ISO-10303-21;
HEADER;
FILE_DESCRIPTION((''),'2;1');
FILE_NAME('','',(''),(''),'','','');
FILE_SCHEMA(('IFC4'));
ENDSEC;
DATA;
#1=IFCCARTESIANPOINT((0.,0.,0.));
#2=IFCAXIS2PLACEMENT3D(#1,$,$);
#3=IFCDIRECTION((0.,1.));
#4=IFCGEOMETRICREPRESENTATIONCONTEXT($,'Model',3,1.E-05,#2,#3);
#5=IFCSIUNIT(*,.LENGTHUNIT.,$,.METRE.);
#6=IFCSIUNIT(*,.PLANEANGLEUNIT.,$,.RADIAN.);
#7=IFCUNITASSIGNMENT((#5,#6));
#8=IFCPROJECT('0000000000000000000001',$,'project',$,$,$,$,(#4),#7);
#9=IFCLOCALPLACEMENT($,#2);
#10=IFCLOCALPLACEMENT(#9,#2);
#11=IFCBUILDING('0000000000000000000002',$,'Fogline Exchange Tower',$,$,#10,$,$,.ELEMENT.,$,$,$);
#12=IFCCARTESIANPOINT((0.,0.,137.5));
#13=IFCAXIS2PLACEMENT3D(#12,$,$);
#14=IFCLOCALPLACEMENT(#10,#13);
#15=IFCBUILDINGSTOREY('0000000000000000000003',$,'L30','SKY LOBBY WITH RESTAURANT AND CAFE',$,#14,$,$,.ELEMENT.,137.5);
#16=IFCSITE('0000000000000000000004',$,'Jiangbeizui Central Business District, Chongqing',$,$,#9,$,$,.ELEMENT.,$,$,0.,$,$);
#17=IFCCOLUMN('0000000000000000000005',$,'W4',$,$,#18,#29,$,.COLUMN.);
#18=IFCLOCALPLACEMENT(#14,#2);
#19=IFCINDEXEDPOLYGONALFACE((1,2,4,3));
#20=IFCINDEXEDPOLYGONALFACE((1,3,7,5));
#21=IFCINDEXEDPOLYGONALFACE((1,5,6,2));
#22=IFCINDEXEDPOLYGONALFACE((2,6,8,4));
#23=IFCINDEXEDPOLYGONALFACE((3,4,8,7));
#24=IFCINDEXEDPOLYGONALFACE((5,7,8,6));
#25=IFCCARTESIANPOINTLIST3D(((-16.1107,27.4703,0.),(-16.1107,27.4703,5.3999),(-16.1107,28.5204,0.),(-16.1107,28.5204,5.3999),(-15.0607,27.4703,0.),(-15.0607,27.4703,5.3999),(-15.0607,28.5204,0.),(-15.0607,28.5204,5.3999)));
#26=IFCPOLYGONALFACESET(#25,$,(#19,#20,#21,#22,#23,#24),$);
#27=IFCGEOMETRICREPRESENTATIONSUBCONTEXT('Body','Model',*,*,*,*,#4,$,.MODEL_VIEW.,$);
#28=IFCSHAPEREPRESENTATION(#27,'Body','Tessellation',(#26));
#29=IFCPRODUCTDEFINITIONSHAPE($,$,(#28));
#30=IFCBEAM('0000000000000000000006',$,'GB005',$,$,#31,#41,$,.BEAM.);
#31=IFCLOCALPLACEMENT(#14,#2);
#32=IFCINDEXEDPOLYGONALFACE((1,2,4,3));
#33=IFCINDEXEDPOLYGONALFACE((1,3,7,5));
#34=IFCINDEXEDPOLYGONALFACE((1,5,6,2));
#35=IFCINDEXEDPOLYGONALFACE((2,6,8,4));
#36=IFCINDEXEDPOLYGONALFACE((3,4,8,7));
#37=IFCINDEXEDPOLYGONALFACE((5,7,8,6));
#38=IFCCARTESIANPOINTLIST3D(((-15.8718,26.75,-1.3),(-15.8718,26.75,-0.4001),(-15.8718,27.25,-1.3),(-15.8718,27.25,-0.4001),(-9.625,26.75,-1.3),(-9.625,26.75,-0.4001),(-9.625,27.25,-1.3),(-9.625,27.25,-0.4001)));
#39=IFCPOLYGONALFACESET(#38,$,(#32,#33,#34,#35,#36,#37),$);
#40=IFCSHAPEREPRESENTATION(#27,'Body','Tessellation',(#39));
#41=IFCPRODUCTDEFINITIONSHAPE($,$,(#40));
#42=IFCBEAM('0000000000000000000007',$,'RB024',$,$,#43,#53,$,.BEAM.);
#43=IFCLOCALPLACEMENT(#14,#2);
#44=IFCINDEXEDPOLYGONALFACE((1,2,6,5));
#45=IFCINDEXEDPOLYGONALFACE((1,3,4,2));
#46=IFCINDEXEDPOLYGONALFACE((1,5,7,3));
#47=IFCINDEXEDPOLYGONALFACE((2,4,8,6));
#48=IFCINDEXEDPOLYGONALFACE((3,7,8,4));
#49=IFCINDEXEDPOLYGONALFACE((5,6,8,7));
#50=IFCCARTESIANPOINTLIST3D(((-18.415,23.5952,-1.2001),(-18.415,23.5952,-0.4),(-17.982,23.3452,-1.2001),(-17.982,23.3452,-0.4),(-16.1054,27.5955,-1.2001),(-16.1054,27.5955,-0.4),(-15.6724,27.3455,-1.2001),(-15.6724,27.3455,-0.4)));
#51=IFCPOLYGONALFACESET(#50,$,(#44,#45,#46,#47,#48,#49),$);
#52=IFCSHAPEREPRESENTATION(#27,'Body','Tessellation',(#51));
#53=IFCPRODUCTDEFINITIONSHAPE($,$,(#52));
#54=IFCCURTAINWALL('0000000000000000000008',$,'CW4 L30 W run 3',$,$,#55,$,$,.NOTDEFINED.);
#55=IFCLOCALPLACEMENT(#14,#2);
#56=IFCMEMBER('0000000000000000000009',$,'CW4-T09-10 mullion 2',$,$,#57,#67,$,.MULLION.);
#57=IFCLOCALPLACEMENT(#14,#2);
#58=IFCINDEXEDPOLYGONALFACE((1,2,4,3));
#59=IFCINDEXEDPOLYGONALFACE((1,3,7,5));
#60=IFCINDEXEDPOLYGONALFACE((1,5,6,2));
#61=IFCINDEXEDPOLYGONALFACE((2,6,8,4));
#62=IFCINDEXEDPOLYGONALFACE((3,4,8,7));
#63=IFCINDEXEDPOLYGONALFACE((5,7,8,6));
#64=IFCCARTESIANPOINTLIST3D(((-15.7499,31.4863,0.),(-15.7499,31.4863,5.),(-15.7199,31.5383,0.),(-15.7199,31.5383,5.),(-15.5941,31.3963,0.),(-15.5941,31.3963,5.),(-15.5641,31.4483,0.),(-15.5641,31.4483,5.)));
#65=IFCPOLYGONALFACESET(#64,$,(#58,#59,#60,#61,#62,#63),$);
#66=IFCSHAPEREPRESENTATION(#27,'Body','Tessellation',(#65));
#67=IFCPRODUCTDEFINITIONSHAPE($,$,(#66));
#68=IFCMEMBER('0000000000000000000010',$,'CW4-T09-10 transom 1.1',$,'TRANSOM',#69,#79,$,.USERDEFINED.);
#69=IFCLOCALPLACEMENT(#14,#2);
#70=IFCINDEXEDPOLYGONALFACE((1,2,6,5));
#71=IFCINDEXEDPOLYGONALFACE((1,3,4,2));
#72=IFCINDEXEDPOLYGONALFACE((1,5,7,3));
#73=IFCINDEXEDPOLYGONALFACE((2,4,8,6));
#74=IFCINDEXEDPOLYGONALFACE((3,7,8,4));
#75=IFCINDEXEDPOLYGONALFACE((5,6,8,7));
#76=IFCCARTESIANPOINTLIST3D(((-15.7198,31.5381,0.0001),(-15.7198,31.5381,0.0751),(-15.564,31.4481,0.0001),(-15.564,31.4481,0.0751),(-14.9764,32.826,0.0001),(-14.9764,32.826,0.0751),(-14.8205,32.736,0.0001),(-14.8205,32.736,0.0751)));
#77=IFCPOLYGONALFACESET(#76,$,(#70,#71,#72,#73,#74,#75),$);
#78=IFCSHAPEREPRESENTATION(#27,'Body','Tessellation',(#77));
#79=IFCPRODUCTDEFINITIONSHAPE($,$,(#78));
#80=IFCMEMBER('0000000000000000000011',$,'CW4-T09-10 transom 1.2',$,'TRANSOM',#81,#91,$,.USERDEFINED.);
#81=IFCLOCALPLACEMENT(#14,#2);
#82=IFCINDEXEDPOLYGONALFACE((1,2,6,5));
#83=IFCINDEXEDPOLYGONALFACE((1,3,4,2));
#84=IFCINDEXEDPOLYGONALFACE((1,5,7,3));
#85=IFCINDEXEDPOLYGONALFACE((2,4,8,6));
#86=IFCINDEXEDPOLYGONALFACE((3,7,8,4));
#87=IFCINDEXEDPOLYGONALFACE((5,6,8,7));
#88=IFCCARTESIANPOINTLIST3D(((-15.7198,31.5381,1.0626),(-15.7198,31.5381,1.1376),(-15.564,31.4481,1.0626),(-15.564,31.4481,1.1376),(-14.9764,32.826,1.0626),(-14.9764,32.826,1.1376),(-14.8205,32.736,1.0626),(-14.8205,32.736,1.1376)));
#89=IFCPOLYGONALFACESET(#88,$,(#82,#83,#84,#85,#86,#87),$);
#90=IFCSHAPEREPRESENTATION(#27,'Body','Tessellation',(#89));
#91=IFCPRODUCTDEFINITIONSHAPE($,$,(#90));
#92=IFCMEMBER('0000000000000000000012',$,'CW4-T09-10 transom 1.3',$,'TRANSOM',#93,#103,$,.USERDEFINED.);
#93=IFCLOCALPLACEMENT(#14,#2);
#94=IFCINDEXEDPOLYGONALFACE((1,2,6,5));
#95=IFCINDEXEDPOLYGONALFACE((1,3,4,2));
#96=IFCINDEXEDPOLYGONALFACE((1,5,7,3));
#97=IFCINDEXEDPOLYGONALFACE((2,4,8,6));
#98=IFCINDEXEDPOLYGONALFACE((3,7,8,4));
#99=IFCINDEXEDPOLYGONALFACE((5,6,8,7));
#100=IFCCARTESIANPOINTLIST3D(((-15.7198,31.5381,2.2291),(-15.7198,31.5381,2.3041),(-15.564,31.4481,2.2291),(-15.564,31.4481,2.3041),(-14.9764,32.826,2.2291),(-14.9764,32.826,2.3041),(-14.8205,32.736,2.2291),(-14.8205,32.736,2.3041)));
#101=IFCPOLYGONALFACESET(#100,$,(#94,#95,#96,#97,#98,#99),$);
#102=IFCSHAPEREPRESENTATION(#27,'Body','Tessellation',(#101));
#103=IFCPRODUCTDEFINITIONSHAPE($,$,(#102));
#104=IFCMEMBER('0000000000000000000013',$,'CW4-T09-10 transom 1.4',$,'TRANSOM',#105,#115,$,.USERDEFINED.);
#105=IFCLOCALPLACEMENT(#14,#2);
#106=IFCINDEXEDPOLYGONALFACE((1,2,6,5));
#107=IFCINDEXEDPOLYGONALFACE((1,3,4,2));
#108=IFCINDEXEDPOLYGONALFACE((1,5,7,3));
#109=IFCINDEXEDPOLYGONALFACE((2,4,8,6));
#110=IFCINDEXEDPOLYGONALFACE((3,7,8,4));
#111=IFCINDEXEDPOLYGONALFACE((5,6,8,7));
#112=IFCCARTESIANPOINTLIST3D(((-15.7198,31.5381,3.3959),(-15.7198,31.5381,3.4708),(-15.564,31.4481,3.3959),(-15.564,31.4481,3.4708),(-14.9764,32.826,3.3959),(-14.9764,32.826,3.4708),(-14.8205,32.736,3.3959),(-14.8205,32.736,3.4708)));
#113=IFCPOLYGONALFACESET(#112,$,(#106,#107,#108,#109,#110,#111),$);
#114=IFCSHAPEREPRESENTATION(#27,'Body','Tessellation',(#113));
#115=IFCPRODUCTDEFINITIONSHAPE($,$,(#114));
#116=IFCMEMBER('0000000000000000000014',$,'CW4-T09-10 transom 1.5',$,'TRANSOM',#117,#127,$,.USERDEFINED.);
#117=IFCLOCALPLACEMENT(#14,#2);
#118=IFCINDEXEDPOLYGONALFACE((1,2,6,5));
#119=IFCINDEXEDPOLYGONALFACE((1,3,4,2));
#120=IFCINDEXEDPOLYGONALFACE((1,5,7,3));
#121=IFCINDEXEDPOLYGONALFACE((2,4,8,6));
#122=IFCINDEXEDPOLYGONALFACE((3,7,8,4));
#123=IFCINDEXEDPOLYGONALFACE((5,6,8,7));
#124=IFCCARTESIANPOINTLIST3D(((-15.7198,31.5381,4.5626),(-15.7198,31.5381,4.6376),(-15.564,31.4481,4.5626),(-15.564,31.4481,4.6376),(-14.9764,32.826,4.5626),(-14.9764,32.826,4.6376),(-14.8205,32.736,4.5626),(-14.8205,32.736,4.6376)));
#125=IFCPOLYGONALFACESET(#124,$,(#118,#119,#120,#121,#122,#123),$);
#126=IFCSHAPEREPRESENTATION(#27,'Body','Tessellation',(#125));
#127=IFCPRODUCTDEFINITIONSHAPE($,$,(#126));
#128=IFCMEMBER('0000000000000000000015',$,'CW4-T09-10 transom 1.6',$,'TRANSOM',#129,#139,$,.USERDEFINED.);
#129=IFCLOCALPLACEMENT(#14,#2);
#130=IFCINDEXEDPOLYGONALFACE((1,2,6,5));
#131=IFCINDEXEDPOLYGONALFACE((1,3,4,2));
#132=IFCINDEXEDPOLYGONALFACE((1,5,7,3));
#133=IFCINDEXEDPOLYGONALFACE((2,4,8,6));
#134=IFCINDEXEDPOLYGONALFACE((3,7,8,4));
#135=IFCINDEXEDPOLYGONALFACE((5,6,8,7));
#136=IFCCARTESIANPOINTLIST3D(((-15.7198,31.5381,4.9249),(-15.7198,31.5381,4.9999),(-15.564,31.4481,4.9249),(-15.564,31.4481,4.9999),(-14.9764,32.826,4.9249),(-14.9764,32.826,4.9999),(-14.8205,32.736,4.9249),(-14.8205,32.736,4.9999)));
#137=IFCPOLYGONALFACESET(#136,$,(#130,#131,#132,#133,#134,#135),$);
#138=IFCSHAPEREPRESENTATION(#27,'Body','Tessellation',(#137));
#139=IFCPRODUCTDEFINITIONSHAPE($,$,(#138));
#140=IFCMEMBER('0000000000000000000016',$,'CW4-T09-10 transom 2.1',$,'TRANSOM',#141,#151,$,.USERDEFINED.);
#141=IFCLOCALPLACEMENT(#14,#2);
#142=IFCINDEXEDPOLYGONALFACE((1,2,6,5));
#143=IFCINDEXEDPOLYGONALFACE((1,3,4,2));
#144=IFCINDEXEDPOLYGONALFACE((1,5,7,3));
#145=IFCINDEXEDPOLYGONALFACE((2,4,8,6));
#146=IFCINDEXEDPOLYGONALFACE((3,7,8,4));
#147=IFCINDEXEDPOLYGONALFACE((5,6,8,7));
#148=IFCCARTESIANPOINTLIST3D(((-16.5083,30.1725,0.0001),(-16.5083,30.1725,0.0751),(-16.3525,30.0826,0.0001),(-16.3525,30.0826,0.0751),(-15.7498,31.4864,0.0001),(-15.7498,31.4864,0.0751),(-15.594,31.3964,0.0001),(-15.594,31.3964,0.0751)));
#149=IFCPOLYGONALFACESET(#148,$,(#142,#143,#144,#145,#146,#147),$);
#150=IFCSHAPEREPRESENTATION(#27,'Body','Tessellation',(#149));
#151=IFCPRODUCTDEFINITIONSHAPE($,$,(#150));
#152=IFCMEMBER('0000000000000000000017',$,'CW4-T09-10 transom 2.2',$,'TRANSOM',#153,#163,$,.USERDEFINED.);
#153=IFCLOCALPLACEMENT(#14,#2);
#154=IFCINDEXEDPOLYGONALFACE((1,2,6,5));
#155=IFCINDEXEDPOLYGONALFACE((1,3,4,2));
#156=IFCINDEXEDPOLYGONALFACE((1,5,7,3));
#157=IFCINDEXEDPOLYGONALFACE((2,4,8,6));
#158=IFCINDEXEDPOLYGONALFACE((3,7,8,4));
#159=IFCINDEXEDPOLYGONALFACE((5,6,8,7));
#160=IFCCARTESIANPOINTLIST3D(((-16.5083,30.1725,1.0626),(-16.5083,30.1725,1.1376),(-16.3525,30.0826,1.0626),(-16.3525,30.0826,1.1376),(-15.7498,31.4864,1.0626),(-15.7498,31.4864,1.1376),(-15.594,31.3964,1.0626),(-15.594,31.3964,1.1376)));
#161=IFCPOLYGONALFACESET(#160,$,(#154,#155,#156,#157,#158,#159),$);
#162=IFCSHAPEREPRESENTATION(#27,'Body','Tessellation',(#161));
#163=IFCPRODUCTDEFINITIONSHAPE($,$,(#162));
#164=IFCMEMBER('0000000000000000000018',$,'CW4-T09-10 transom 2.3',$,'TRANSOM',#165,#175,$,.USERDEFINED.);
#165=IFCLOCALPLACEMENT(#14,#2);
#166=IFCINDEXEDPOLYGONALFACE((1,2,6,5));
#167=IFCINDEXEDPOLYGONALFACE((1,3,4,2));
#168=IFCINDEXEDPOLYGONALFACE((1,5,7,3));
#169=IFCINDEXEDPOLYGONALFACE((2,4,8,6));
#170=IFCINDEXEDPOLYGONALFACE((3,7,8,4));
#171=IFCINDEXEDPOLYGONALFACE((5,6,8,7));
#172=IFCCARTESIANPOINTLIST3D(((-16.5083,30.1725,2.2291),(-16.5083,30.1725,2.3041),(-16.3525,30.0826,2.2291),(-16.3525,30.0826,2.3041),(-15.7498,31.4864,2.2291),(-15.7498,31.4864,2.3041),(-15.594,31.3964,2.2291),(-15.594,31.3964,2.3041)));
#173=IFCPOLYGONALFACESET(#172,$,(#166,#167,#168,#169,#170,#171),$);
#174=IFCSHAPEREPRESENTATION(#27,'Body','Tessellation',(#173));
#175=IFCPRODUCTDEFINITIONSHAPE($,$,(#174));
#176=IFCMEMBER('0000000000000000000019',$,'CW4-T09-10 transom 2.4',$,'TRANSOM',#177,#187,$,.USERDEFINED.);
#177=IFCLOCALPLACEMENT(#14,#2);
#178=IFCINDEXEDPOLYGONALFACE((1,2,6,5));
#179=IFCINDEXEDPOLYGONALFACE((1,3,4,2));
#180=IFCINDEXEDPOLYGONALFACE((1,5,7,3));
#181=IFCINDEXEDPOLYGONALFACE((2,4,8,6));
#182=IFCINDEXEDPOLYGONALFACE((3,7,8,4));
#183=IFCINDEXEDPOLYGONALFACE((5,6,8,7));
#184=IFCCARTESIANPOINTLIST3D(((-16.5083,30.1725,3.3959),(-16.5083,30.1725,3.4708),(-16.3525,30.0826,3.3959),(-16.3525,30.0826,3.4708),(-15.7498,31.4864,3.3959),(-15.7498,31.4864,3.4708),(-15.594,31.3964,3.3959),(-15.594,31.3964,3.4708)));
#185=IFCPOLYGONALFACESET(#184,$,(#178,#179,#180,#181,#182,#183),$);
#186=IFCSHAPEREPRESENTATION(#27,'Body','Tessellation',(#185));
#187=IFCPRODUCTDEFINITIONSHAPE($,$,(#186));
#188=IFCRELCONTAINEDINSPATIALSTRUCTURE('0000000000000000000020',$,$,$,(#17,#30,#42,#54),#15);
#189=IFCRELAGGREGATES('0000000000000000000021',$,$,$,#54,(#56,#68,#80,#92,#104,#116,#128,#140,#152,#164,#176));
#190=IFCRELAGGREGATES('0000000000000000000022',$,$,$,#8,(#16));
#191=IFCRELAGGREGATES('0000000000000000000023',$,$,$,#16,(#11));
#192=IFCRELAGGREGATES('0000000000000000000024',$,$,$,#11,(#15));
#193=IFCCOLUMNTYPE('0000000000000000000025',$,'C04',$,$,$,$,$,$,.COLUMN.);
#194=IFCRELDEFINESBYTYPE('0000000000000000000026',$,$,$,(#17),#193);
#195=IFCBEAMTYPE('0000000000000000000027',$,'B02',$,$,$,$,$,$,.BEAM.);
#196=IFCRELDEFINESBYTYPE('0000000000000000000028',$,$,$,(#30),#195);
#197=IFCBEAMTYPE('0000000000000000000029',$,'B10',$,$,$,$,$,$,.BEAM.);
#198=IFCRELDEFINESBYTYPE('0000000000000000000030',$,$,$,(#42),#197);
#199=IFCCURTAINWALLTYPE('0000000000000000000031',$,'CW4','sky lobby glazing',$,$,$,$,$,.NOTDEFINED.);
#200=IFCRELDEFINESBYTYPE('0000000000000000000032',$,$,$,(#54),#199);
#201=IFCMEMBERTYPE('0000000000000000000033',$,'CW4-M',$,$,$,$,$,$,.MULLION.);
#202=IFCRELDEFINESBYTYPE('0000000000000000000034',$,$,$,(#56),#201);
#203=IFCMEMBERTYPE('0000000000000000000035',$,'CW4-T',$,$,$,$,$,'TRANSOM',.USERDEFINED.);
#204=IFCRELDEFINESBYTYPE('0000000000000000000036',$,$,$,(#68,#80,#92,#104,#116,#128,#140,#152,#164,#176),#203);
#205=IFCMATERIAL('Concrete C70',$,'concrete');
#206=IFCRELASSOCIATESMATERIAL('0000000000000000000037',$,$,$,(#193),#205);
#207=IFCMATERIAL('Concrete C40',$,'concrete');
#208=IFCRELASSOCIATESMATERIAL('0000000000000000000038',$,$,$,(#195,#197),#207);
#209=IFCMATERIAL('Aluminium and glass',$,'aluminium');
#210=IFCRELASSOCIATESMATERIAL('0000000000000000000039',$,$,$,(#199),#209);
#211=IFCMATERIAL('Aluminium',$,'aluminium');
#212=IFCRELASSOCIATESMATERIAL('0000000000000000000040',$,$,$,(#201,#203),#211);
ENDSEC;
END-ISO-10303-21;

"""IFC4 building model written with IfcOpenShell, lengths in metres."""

from ifc_helpers import new_model, si_unit, direction, frame, origin, origin_2d, place, context, subcontext, project, spatial, rectangle, extrude, material, material_profile, profile_set, type_object, element, aggregate, save


model = new_model("IFC4")

# Units and contexts
model_context = context("Model", 3, precision=1e-05, world=origin(), true_north=direction((0.0, 1.0)))
body_context = subcontext(model_context, "Body", "Model", "MODEL_VIEW")
ifc_project = project(units=[si_unit("LENGTHUNIT", "METRE"), si_unit("PLANEANGLEUNIT", "RADIAN")], contexts=[model_context])

# Site, building, storey
site_placement = place(None, origin())
site = spatial("IfcSite", under=ifc_project, at=site_placement, Name="Jiangbeizui Central Business District, Chongqing", CompositionType="ELEMENT", RefElevation=0.0)
building_placement = place(site_placement, origin())
building = spatial("IfcBuilding", under=site, at=building_placement, Name="Fogline Exchange Tower", CompositionType="ELEMENT")
storey_placement = place(building_placement, frame((0.0, 0.0, 137.5)))
storey = spatial("IfcBuildingStorey", under=building, at=storey_placement, Name="L30", Description="SKY LOBBY WITH RESTAURANT AND CAFE", CompositionType="ELEMENT", Elevation=137.5)

# Column
ifc_material_1 = material(Name="Concrete C70", Category="concrete")
ifc_material_profile_1 = material_profile(ifc_material_1, rectangle(XDim=1.05, YDim=1.05, at=origin_2d()), Name="RC 1050x1050")
ifc_profile_set_1 = profile_set([ifc_material_profile_1], Name="Concrete C70")
column_type = type_object("IfcColumnType", Name="C04", PredefinedType="COLUMN", material=ifc_profile_set_1)
column_placement = place(storey_placement, frame((-15.5857, 27.9954, 0.0), z_axis=(0.0, 0.0, 1.0), x_axis=(1.0, 0.0, 0.0)))
element("IfcColumn", 1, at=column_placement, inside=storey, type_object=column_type, Name="W4", PredefinedType="COLUMN", context=body_context, shape_type="SweptSolid", body=[
    extrude(rectangle(XDim=1.05, YDim=1.05, at=origin_2d()), origin(), (0.0, 0.0, 1.0), 5.3999),
])

# Beams
ifc_material_2 = material(Name="Concrete C40", Category="concrete")
ifc_material_profile_2 = material_profile(ifc_material_2, rectangle(XDim=0.5, YDim=0.8999, at=origin_2d()), Name="RC 500x900")
ifc_profile_set_2 = profile_set([ifc_material_profile_2], Name="Concrete C40")
beam_type_1 = type_object("IfcBeamType", Name="B02", PredefinedType="BEAM", material=ifc_profile_set_2)
beam_1_placement = place(storey_placement, frame((-15.8718, 27.0, -0.8501), z_axis=(1.0, 0.0, 0.0), x_axis=(0.0, 1.0, 0.0)))
element("IfcBeam", 2, at=beam_1_placement, inside=storey, type_object=beam_type_1, Name="GB005", PredefinedType="BEAM", context=body_context, shape_type="SweptSolid", body=[
    extrude(rectangle(XDim=0.5, YDim=0.8999, at=origin_2d()), origin(), (0.0, 0.0, 1.0), 6.2468),
])
ifc_material_profile_3 = material_profile(ifc_material_2, rectangle(XDim=0.5, YDim=0.8, at=origin_2d()), Name="RC 500x800")
ifc_profile_set_3 = profile_set([ifc_material_profile_3], Name="Concrete C40")
beam_type_2 = type_object("IfcBeamType", Name="B10", PredefinedType="BEAM", material=ifc_profile_set_3)
beam_2_placement = place(storey_placement, frame((-15.8889, 27.4705, -0.8), z_axis=(-0.500005, -0.866023, 0.0), x_axis=(0.866023, -0.500005, 0.0)))
element("IfcBeam", 3, at=beam_2_placement, inside=storey, type_object=beam_type_2, Name="RB024", PredefinedType="BEAM", context=body_context, shape_type="SweptSolid", body=[
    extrude(rectangle(XDim=0.5, YDim=0.8, at=origin_2d()), origin(), (0.0, 0.0, 1.0), 4.6191),
])

# Curtain wall, members
ifc_material_3 = material(Name="Aluminium and glass", Category="aluminium")
curtain_wall_type = type_object("IfcCurtainWallType", Name="CW4", Description="sky lobby glazing", PredefinedType="NOTDEFINED", material=ifc_material_3)
curtain_wall_placement = place(storey_placement, origin())
curtain_wall = element("IfcCurtainWall", 4, at=curtain_wall_placement, inside=storey, type_object=curtain_wall_type, Name="CW4 L30 W run 3", PredefinedType="NOTDEFINED")
ifc_material_4 = material(Name="Aluminium", Category="aluminium")
ifc_material_profile_4 = material_profile(ifc_material_4, rectangle(XDim=0.1799, YDim=0.0601, at=origin_2d()), Name="Mullion 60x180")
ifc_profile_set_4 = profile_set([ifc_material_profile_4], Name="Aluminium")
member_type_1 = type_object("IfcMemberType", Name="CW4-M", PredefinedType="MULLION", material=ifc_profile_set_4)
member_1_placement = place(storey_placement, frame((-15.657, 31.4673, 0.0), z_axis=(0.0, 0.0, 1.0), x_axis=(0.866025, -0.5, 0.0)))
member_1 = element("IfcMember", 5, at=member_1_placement, type_object=member_type_1, Name="CW4-T09-10 mullion 2", PredefinedType="MULLION", context=body_context, shape_type="SweptSolid", body=[
    extrude(rectangle(XDim=0.1799, YDim=0.0601, at=origin_2d()), origin(), (0.0, 0.0, 1.0), 5.0),
])
ifc_material_profile_5 = material_profile(ifc_material_4, rectangle(XDim=0.1799, YDim=0.075, at=origin_2d()), Name="Transom 75x180")
ifc_profile_set_5 = profile_set([ifc_material_profile_5], Name="Aluminium")
member_type_2 = type_object("IfcMemberType", Name="CW4-T", ElementType="TRANSOM", PredefinedType="USERDEFINED", material=ifc_profile_set_5)
member_2_placement = place(storey_placement, frame((-14.8984, 32.781, 0.0376), z_axis=(-0.499936, -0.866063, 0.0), x_axis=(0.866063, -0.499936, 0.0)))
member_2 = element("IfcMember", 6, at=member_2_placement, type_object=member_type_2, Name="CW4-T09-10 transom 1.1", ObjectType="TRANSOM", PredefinedType="USERDEFINED", context=body_context, shape_type="SweptSolid", body=[
    extrude(rectangle(XDim=0.1799, YDim=0.075, at=origin_2d()), origin(), (0.0, 0.0, 1.0), 1.4871),
])
member_3_placement = place(storey_placement, frame((-14.8984, 32.781, 1.1001), z_axis=(-0.499936, -0.866063, 0.0), x_axis=(0.866063, -0.499936, 0.0)))
member_3 = element("IfcMember", 7, at=member_3_placement, type_object=member_type_2, Name="CW4-T09-10 transom 1.2", ObjectType="TRANSOM", PredefinedType="USERDEFINED", context=body_context, shape_type="SweptSolid", body=[
    extrude(rectangle(XDim=0.1799, YDim=0.075, at=origin_2d()), origin(), (0.0, 0.0, 1.0), 1.4871),
])
member_4_placement = place(storey_placement, frame((-14.8984, 32.781, 2.2666), z_axis=(-0.499936, -0.866063, 0.0), x_axis=(0.866063, -0.499936, 0.0)))
member_4 = element("IfcMember", 8, at=member_4_placement, type_object=member_type_2, Name="CW4-T09-10 transom 1.3", ObjectType="TRANSOM", PredefinedType="USERDEFINED", context=body_context, shape_type="SweptSolid", body=[
    extrude(rectangle(XDim=0.1799, YDim=0.075, at=origin_2d()), origin(), (0.0, 0.0, 1.0), 1.4871),
])
member_5_placement = place(storey_placement, frame((-14.8984, 32.781, 3.4333), z_axis=(-0.499936, -0.866063, 0.0), x_axis=(0.866063, -0.499936, 0.0)))
member_5 = element("IfcMember", 9, at=member_5_placement, type_object=member_type_2, Name="CW4-T09-10 transom 1.4", ObjectType="TRANSOM", PredefinedType="USERDEFINED", context=body_context, shape_type="SweptSolid", body=[
    extrude(rectangle(XDim=0.1799, YDim=0.075, at=origin_2d()), origin(), (0.0, 0.0, 1.0), 1.4871),
])
member_6_placement = place(storey_placement, frame((-14.8984, 32.781, 4.6001), z_axis=(-0.499936, -0.866063, 0.0), x_axis=(0.866063, -0.499936, 0.0)))
member_6 = element("IfcMember", 10, at=member_6_placement, type_object=member_type_2, Name="CW4-T09-10 transom 1.5", ObjectType="TRANSOM", PredefinedType="USERDEFINED", context=body_context, shape_type="SweptSolid", body=[
    extrude(rectangle(XDim=0.1799, YDim=0.075, at=origin_2d()), origin(), (0.0, 0.0, 1.0), 1.4871),
])
member_7_placement = place(storey_placement, frame((-14.8984, 32.781, 4.9624), z_axis=(-0.499936, -0.866063, 0.0), x_axis=(0.866063, -0.499936, 0.0)))
member_7 = element("IfcMember", 11, at=member_7_placement, type_object=member_type_2, Name="CW4-T09-10 transom 1.6", ObjectType="TRANSOM", PredefinedType="USERDEFINED", context=body_context, shape_type="SweptSolid", body=[
    extrude(rectangle(XDim=0.1799, YDim=0.075, at=origin_2d()), origin(), (0.0, 0.0, 1.0), 1.4871),
])
member_8_placement = place(storey_placement, frame((-15.6719, 31.4414, 0.0376), z_axis=(-0.499964, -0.866046, 0.0), x_axis=(0.866046, -0.499964, 0.0)))
member_8 = element("IfcMember", 12, at=member_8_placement, type_object=member_type_2, Name="CW4-T09-10 transom 2.1", ObjectType="TRANSOM", PredefinedType="USERDEFINED", context=body_context, shape_type="SweptSolid", body=[
    extrude(rectangle(XDim=0.1799, YDim=0.075, at=origin_2d()), origin(), (0.0, 0.0, 1.0), 1.5171),
])
member_9_placement = place(storey_placement, frame((-15.6719, 31.4414, 1.1001), z_axis=(-0.499964, -0.866046, 0.0), x_axis=(0.866046, -0.499964, 0.0)))
member_9 = element("IfcMember", 13, at=member_9_placement, type_object=member_type_2, Name="CW4-T09-10 transom 2.2", ObjectType="TRANSOM", PredefinedType="USERDEFINED", context=body_context, shape_type="SweptSolid", body=[
    extrude(rectangle(XDim=0.1799, YDim=0.075, at=origin_2d()), origin(), (0.0, 0.0, 1.0), 1.5171),
])
member_10_placement = place(storey_placement, frame((-15.6719, 31.4414, 2.2666), z_axis=(-0.499964, -0.866046, 0.0), x_axis=(0.866046, -0.499964, 0.0)))
member_10 = element("IfcMember", 14, at=member_10_placement, type_object=member_type_2, Name="CW4-T09-10 transom 2.3", ObjectType="TRANSOM", PredefinedType="USERDEFINED", context=body_context, shape_type="SweptSolid", body=[
    extrude(rectangle(XDim=0.1799, YDim=0.075, at=origin_2d()), origin(), (0.0, 0.0, 1.0), 1.5171),
])
member_11_placement = place(storey_placement, frame((-15.6719, 31.4414, 3.4333), z_axis=(-0.499964, -0.866046, 0.0), x_axis=(0.866046, -0.499964, 0.0)))
member_11 = element("IfcMember", 15, at=member_11_placement, type_object=member_type_2, Name="CW4-T09-10 transom 2.4", ObjectType="TRANSOM", PredefinedType="USERDEFINED", context=body_context, shape_type="SweptSolid", body=[
    extrude(rectangle(XDim=0.1799, YDim=0.075, at=origin_2d()), origin(), (0.0, 0.0, 1.0), 1.5171),
])
aggregate(curtain_wall, [member_1, member_2, member_3, member_4, member_5, member_6, member_7, member_8, member_9, member_10, member_11])

save(model, "model.ifc")
